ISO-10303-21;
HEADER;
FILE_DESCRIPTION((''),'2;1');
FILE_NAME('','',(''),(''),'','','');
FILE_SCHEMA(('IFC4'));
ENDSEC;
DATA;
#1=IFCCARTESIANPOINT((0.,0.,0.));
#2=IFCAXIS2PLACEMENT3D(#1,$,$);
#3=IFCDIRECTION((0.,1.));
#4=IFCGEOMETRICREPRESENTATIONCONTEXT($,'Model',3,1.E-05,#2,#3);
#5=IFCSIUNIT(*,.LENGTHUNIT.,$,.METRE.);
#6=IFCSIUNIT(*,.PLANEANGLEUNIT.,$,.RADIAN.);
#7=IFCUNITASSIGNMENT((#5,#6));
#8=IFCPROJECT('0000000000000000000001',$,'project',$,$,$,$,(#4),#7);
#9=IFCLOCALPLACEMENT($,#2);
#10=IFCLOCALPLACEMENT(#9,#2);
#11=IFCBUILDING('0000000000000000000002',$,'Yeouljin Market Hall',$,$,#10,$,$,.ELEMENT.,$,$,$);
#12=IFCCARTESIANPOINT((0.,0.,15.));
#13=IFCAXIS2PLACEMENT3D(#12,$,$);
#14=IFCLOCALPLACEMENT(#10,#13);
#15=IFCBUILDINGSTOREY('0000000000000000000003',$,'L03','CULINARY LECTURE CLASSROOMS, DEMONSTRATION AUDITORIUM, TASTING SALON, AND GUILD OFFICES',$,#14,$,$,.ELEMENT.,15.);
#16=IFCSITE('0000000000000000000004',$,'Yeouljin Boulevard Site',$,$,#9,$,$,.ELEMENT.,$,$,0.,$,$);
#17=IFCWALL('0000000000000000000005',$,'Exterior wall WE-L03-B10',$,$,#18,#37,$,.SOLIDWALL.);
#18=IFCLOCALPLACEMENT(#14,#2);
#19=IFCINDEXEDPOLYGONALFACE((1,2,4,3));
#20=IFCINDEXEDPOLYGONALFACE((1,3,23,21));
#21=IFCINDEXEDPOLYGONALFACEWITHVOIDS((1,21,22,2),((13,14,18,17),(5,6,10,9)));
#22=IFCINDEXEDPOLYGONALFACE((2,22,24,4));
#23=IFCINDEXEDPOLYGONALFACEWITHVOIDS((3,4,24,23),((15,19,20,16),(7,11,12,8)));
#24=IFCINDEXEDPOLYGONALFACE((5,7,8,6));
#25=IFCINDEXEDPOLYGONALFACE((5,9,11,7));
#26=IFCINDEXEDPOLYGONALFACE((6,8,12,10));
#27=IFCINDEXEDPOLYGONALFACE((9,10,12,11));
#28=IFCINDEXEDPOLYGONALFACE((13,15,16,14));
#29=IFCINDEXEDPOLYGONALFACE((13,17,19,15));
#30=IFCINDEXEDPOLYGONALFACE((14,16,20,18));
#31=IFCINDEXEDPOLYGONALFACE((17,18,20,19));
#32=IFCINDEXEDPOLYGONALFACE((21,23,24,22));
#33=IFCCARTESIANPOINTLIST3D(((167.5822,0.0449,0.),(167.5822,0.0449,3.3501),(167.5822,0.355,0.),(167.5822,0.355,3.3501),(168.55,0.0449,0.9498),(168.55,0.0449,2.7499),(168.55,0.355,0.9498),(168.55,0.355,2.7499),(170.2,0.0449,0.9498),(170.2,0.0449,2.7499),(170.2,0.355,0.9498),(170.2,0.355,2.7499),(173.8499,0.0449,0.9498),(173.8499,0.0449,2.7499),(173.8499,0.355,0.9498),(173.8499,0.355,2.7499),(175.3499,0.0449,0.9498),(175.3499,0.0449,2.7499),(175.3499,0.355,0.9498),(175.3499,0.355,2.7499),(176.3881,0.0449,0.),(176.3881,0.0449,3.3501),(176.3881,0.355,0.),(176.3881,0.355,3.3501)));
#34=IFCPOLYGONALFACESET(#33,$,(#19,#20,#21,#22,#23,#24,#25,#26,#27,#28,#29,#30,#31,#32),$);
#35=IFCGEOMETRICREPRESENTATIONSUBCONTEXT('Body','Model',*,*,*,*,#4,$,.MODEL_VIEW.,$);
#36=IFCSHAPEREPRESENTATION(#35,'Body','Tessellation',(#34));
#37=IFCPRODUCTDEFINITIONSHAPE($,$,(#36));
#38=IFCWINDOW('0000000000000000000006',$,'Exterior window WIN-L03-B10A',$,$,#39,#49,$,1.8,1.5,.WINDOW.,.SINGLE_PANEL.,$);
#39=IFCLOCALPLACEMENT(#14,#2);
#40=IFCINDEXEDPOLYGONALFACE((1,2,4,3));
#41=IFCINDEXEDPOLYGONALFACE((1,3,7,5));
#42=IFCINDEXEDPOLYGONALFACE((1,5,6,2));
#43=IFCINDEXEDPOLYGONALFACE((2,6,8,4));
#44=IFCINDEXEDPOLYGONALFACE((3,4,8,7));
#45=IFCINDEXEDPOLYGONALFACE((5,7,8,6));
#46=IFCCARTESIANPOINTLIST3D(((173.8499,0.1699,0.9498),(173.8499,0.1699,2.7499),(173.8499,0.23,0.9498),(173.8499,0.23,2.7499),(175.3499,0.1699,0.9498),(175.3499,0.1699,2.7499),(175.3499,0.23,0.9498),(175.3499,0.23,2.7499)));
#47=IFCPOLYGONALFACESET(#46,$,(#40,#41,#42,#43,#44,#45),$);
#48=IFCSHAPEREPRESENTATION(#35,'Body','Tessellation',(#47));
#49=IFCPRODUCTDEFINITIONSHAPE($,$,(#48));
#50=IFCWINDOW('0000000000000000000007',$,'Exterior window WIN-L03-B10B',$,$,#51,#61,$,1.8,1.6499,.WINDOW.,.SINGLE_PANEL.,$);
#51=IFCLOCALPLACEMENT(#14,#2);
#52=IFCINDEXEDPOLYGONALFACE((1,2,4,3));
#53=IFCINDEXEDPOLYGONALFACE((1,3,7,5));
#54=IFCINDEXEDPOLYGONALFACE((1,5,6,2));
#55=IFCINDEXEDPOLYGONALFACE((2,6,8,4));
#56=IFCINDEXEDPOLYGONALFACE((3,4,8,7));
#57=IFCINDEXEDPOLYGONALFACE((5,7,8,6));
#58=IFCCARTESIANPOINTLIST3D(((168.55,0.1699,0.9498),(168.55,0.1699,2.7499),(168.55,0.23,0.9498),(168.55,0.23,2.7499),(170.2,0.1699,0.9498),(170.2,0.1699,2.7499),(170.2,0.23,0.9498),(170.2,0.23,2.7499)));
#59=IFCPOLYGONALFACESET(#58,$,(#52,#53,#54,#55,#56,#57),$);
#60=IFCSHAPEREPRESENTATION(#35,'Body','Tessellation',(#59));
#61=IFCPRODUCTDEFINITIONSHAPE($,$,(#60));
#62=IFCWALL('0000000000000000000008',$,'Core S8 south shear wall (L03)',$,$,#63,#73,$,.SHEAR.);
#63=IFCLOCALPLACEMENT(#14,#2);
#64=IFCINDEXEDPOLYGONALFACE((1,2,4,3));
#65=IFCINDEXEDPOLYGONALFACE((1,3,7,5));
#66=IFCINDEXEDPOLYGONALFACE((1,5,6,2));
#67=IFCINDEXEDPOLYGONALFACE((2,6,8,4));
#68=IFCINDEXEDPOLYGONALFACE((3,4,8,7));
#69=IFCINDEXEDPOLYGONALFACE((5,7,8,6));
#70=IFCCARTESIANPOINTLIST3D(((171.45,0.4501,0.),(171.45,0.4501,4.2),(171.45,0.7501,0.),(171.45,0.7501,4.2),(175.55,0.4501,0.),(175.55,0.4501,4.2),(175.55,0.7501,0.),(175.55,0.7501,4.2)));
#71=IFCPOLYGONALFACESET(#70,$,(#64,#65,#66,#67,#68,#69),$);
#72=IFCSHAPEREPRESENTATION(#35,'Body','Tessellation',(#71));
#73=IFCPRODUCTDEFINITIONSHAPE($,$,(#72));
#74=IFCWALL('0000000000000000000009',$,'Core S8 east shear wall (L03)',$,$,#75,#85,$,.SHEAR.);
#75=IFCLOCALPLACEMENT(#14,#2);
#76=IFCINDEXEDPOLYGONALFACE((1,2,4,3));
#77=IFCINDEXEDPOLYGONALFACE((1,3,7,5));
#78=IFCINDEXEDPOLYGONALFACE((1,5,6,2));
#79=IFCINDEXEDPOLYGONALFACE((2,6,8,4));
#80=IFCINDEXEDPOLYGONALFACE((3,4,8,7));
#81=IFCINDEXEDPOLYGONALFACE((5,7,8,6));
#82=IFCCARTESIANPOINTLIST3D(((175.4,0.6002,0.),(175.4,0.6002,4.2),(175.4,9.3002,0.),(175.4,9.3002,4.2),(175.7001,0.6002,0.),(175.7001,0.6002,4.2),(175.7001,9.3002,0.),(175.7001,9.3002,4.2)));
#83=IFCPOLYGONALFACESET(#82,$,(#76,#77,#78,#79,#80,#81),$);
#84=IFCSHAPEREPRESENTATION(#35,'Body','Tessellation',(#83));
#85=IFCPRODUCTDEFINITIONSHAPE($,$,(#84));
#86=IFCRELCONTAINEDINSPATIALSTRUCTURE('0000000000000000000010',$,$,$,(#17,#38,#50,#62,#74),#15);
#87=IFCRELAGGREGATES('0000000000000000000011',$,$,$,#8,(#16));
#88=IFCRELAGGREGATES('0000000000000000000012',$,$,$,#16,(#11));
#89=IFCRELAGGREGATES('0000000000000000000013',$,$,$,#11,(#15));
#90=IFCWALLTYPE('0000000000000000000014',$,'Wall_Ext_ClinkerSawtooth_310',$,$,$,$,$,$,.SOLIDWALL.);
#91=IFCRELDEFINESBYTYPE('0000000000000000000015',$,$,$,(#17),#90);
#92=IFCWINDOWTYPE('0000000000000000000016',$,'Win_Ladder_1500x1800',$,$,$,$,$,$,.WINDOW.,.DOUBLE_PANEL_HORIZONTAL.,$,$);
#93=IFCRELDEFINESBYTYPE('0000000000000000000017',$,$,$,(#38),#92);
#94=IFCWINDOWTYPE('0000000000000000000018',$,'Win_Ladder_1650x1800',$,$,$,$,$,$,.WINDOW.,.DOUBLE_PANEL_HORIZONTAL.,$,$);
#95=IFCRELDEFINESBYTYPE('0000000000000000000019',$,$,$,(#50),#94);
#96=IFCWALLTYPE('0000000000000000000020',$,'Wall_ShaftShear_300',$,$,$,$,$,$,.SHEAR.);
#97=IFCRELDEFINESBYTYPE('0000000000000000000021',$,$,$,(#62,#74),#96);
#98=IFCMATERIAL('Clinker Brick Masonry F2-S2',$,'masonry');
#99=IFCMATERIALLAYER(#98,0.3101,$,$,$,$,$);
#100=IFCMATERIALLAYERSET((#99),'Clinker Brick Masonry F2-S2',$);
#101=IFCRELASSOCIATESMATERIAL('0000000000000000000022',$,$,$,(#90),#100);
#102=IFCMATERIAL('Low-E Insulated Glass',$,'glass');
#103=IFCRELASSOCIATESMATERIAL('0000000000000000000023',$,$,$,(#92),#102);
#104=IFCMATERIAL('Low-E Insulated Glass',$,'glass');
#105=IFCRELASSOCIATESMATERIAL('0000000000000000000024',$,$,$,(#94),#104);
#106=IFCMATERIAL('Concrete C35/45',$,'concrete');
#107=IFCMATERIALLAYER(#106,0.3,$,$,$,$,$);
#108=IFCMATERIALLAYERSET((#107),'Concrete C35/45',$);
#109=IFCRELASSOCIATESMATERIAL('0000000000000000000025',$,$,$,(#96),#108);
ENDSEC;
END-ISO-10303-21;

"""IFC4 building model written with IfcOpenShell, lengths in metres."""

from ifc_helpers import new_model, si_unit, direction, frame, frame_2d, origin, place, context, subcontext, project, spatial, rectangle, extrude, material, layer, layer_set, type_object, element, fill, save


model = new_model("IFC4")

# Units and contexts
model_context = context("Model", 3, precision=1e-05, world=origin(), true_north=direction((0.0, 1.0)))
body_context = subcontext(model_context, "Body", "Model", "MODEL_VIEW")
ifc_project = project(units=[si_unit("LENGTHUNIT", "METRE"), si_unit("PLANEANGLEUNIT", "RADIAN")], contexts=[model_context])

# Site, building, storey
site_placement = place(None, origin())
site = spatial("IfcSite", under=ifc_project, at=site_placement, Name="Yeouljin Boulevard Site", CompositionType="ELEMENT", RefElevation=0.0)
building_placement = place(site_placement, origin())
building = spatial("IfcBuilding", under=site, at=building_placement, Name="Yeouljin Market Hall", CompositionType="ELEMENT")
storey_placement = place(building_placement, frame((0.0, 0.0, 15.0)))
storey = spatial("IfcBuildingStorey", under=building, at=storey_placement, Name="L03", Description="CULINARY LECTURE CLASSROOMS, DEMONSTRATION AUDITORIUM, TASTING SALON, AND GUILD OFFICES", CompositionType="ELEMENT", Elevation=15.0)

# Wall, openings, windows
ifc_material_1 = material(Name="Clinker Brick Masonry F2-S2", Category="masonry")
ifc_layer_1 = layer(ifc_material_1, 0.3101)
ifc_layer_set_1 = layer_set([ifc_layer_1], Name="Clinker Brick Masonry F2-S2")
wall_type_1 = type_object("IfcWallType", Name="Wall_Ext_ClinkerSawtooth_310", PredefinedType="SOLIDWALL", material=ifc_layer_set_1)
wall_1_placement = place(storey_placement, frame((176.3879, 0.2, 0.0), z_axis=(0.0, 0.0, 1.0), x_axis=(-1.0, 0.0, 0.0)))
wall_1 = element("IfcWall", 1, at=wall_1_placement, inside=storey, type_object=wall_type_1, Name="Exterior wall WE-L03-B10", PredefinedType="SOLIDWALL", context=body_context, shape_type="SweptSolid", body=[
    extrude(rectangle(XDim=8.8059, YDim=0.3101, at=frame_2d((4.4028, 0.0))), origin(), (0.0, 0.0, 1.0), 3.3501),
])
opening_1_placement = place(wall_1_placement, frame((1.0381, 0.0, 0.95)))
opening_1 = element("IfcOpeningElement", 2, at=opening_1_placement, cuts=wall_1, PredefinedType="OPENING", context=body_context, shape_type="SweptSolid", body=[
    extrude(rectangle(XDim=1.5, YDim=1.8, at=frame_2d((0.75, 0.8999))), frame((0.0, 0.165, 0.0), z_axis=(0.0, -1.0, 0.0), x_axis=(1.0, 0.0, 0.0)), (0.0, 0.0, 1.0), 0.3301),
])
opening_2_placement = place(wall_1_placement, frame((6.188, 0.0, 0.95)))
opening_2 = element("IfcOpeningElement", 3, at=opening_2_placement, cuts=wall_1, PredefinedType="OPENING", context=body_context, shape_type="SweptSolid", body=[
    extrude(rectangle(XDim=1.6499, YDim=1.8, at=frame_2d((0.825, 0.8999))), frame((0.0, 0.165, 0.0), z_axis=(0.0, -1.0, 0.0), x_axis=(1.0, 0.0, 0.0)), (0.0, 0.0, 1.0), 0.3301),
])
ifc_material_2 = material(Name="Low-E Insulated Glass", Category="glass")
window_type_1 = type_object("IfcWindowType", Name="Win_Ladder_1500x1800", PartitioningType="DOUBLE_PANEL_HORIZONTAL", PredefinedType="WINDOW", material=ifc_material_2)
window_1_placement = place(opening_1_placement, origin())
window_1 = element("IfcWindow", 4, at=window_1_placement, inside=storey, type_object=window_type_1, Name="Exterior window WIN-L03-B10A", OverallHeight=1.8, OverallWidth=1.5, PartitioningType="SINGLE_PANEL", PredefinedType="WINDOW", context=body_context, shape_type="SweptSolid", body=[
    extrude(rectangle(XDim=1.5, YDim=1.8, at=frame_2d((0.75, 0.8999))), frame((0.0, 0.03, 0.0), z_axis=(0.0, -1.0, 0.0), x_axis=(1.0, 0.0, 0.0)), (0.0, 0.0, 1.0), 0.0601),
])
fill(opening_1, window_1)
ifc_material_3 = material(Name="Low-E Insulated Glass", Category="glass")
window_type_2 = type_object("IfcWindowType", Name="Win_Ladder_1650x1800", PartitioningType="DOUBLE_PANEL_HORIZONTAL", PredefinedType="WINDOW", material=ifc_material_3)
window_2_placement = place(opening_2_placement, origin())
window_2 = element("IfcWindow", 5, at=window_2_placement, inside=storey, type_object=window_type_2, Name="Exterior window WIN-L03-B10B", OverallHeight=1.8, OverallWidth=1.6499, PartitioningType="SINGLE_PANEL", PredefinedType="WINDOW", context=body_context, shape_type="SweptSolid", body=[
    extrude(rectangle(XDim=1.6499, YDim=1.8, at=frame_2d((0.825, 0.8999))), frame((0.0, 0.03, 0.0), z_axis=(0.0, -1.0, 0.0), x_axis=(1.0, 0.0, 0.0)), (0.0, 0.0, 1.0), 0.0601),
])
fill(opening_2, window_2)

# Walls
ifc_material_4 = material(Name="Concrete C35/45", Category="concrete")
ifc_layer_2 = layer(ifc_material_4, 0.3)
ifc_layer_set_2 = layer_set([ifc_layer_2], Name="Concrete C35/45")
wall_type_2 = type_object("IfcWallType", Name="Wall_ShaftShear_300", PredefinedType="SHEAR", material=ifc_layer_set_2)
wall_2_placement = place(storey_placement, frame((171.45, 0.6001, 0.0), z_axis=(0.0, 0.0, 1.0), x_axis=(1.0, 0.0, 0.0)))
element("IfcWall", 6, at=wall_2_placement, inside=storey, type_object=wall_type_2, Name="Core S8 south shear wall (L03)", PredefinedType="SHEAR", context=body_context, shape_type="SweptSolid", body=[
    extrude(rectangle(XDim=4.1001, YDim=0.3, at=frame_2d((2.05, 0.0))), origin(), (0.0, 0.0, 1.0), 4.2),
])
wall_3_placement = place(storey_placement, frame((175.55, 0.6001, 0.0), z_axis=(0.0, 0.0, 1.0), x_axis=(0.0, 1.0, 0.0)))
element("IfcWall", 7, at=wall_3_placement, inside=storey, type_object=wall_type_2, Name="Core S8 east shear wall (L03)", PredefinedType="SHEAR", context=body_context, shape_type="SweptSolid", body=[
    extrude(rectangle(XDim=8.7, YDim=0.3, at=frame_2d((4.3501, 0.0))), origin(), (0.0, 0.0, 1.0), 4.2),
])

save(model, "model.ifc")
